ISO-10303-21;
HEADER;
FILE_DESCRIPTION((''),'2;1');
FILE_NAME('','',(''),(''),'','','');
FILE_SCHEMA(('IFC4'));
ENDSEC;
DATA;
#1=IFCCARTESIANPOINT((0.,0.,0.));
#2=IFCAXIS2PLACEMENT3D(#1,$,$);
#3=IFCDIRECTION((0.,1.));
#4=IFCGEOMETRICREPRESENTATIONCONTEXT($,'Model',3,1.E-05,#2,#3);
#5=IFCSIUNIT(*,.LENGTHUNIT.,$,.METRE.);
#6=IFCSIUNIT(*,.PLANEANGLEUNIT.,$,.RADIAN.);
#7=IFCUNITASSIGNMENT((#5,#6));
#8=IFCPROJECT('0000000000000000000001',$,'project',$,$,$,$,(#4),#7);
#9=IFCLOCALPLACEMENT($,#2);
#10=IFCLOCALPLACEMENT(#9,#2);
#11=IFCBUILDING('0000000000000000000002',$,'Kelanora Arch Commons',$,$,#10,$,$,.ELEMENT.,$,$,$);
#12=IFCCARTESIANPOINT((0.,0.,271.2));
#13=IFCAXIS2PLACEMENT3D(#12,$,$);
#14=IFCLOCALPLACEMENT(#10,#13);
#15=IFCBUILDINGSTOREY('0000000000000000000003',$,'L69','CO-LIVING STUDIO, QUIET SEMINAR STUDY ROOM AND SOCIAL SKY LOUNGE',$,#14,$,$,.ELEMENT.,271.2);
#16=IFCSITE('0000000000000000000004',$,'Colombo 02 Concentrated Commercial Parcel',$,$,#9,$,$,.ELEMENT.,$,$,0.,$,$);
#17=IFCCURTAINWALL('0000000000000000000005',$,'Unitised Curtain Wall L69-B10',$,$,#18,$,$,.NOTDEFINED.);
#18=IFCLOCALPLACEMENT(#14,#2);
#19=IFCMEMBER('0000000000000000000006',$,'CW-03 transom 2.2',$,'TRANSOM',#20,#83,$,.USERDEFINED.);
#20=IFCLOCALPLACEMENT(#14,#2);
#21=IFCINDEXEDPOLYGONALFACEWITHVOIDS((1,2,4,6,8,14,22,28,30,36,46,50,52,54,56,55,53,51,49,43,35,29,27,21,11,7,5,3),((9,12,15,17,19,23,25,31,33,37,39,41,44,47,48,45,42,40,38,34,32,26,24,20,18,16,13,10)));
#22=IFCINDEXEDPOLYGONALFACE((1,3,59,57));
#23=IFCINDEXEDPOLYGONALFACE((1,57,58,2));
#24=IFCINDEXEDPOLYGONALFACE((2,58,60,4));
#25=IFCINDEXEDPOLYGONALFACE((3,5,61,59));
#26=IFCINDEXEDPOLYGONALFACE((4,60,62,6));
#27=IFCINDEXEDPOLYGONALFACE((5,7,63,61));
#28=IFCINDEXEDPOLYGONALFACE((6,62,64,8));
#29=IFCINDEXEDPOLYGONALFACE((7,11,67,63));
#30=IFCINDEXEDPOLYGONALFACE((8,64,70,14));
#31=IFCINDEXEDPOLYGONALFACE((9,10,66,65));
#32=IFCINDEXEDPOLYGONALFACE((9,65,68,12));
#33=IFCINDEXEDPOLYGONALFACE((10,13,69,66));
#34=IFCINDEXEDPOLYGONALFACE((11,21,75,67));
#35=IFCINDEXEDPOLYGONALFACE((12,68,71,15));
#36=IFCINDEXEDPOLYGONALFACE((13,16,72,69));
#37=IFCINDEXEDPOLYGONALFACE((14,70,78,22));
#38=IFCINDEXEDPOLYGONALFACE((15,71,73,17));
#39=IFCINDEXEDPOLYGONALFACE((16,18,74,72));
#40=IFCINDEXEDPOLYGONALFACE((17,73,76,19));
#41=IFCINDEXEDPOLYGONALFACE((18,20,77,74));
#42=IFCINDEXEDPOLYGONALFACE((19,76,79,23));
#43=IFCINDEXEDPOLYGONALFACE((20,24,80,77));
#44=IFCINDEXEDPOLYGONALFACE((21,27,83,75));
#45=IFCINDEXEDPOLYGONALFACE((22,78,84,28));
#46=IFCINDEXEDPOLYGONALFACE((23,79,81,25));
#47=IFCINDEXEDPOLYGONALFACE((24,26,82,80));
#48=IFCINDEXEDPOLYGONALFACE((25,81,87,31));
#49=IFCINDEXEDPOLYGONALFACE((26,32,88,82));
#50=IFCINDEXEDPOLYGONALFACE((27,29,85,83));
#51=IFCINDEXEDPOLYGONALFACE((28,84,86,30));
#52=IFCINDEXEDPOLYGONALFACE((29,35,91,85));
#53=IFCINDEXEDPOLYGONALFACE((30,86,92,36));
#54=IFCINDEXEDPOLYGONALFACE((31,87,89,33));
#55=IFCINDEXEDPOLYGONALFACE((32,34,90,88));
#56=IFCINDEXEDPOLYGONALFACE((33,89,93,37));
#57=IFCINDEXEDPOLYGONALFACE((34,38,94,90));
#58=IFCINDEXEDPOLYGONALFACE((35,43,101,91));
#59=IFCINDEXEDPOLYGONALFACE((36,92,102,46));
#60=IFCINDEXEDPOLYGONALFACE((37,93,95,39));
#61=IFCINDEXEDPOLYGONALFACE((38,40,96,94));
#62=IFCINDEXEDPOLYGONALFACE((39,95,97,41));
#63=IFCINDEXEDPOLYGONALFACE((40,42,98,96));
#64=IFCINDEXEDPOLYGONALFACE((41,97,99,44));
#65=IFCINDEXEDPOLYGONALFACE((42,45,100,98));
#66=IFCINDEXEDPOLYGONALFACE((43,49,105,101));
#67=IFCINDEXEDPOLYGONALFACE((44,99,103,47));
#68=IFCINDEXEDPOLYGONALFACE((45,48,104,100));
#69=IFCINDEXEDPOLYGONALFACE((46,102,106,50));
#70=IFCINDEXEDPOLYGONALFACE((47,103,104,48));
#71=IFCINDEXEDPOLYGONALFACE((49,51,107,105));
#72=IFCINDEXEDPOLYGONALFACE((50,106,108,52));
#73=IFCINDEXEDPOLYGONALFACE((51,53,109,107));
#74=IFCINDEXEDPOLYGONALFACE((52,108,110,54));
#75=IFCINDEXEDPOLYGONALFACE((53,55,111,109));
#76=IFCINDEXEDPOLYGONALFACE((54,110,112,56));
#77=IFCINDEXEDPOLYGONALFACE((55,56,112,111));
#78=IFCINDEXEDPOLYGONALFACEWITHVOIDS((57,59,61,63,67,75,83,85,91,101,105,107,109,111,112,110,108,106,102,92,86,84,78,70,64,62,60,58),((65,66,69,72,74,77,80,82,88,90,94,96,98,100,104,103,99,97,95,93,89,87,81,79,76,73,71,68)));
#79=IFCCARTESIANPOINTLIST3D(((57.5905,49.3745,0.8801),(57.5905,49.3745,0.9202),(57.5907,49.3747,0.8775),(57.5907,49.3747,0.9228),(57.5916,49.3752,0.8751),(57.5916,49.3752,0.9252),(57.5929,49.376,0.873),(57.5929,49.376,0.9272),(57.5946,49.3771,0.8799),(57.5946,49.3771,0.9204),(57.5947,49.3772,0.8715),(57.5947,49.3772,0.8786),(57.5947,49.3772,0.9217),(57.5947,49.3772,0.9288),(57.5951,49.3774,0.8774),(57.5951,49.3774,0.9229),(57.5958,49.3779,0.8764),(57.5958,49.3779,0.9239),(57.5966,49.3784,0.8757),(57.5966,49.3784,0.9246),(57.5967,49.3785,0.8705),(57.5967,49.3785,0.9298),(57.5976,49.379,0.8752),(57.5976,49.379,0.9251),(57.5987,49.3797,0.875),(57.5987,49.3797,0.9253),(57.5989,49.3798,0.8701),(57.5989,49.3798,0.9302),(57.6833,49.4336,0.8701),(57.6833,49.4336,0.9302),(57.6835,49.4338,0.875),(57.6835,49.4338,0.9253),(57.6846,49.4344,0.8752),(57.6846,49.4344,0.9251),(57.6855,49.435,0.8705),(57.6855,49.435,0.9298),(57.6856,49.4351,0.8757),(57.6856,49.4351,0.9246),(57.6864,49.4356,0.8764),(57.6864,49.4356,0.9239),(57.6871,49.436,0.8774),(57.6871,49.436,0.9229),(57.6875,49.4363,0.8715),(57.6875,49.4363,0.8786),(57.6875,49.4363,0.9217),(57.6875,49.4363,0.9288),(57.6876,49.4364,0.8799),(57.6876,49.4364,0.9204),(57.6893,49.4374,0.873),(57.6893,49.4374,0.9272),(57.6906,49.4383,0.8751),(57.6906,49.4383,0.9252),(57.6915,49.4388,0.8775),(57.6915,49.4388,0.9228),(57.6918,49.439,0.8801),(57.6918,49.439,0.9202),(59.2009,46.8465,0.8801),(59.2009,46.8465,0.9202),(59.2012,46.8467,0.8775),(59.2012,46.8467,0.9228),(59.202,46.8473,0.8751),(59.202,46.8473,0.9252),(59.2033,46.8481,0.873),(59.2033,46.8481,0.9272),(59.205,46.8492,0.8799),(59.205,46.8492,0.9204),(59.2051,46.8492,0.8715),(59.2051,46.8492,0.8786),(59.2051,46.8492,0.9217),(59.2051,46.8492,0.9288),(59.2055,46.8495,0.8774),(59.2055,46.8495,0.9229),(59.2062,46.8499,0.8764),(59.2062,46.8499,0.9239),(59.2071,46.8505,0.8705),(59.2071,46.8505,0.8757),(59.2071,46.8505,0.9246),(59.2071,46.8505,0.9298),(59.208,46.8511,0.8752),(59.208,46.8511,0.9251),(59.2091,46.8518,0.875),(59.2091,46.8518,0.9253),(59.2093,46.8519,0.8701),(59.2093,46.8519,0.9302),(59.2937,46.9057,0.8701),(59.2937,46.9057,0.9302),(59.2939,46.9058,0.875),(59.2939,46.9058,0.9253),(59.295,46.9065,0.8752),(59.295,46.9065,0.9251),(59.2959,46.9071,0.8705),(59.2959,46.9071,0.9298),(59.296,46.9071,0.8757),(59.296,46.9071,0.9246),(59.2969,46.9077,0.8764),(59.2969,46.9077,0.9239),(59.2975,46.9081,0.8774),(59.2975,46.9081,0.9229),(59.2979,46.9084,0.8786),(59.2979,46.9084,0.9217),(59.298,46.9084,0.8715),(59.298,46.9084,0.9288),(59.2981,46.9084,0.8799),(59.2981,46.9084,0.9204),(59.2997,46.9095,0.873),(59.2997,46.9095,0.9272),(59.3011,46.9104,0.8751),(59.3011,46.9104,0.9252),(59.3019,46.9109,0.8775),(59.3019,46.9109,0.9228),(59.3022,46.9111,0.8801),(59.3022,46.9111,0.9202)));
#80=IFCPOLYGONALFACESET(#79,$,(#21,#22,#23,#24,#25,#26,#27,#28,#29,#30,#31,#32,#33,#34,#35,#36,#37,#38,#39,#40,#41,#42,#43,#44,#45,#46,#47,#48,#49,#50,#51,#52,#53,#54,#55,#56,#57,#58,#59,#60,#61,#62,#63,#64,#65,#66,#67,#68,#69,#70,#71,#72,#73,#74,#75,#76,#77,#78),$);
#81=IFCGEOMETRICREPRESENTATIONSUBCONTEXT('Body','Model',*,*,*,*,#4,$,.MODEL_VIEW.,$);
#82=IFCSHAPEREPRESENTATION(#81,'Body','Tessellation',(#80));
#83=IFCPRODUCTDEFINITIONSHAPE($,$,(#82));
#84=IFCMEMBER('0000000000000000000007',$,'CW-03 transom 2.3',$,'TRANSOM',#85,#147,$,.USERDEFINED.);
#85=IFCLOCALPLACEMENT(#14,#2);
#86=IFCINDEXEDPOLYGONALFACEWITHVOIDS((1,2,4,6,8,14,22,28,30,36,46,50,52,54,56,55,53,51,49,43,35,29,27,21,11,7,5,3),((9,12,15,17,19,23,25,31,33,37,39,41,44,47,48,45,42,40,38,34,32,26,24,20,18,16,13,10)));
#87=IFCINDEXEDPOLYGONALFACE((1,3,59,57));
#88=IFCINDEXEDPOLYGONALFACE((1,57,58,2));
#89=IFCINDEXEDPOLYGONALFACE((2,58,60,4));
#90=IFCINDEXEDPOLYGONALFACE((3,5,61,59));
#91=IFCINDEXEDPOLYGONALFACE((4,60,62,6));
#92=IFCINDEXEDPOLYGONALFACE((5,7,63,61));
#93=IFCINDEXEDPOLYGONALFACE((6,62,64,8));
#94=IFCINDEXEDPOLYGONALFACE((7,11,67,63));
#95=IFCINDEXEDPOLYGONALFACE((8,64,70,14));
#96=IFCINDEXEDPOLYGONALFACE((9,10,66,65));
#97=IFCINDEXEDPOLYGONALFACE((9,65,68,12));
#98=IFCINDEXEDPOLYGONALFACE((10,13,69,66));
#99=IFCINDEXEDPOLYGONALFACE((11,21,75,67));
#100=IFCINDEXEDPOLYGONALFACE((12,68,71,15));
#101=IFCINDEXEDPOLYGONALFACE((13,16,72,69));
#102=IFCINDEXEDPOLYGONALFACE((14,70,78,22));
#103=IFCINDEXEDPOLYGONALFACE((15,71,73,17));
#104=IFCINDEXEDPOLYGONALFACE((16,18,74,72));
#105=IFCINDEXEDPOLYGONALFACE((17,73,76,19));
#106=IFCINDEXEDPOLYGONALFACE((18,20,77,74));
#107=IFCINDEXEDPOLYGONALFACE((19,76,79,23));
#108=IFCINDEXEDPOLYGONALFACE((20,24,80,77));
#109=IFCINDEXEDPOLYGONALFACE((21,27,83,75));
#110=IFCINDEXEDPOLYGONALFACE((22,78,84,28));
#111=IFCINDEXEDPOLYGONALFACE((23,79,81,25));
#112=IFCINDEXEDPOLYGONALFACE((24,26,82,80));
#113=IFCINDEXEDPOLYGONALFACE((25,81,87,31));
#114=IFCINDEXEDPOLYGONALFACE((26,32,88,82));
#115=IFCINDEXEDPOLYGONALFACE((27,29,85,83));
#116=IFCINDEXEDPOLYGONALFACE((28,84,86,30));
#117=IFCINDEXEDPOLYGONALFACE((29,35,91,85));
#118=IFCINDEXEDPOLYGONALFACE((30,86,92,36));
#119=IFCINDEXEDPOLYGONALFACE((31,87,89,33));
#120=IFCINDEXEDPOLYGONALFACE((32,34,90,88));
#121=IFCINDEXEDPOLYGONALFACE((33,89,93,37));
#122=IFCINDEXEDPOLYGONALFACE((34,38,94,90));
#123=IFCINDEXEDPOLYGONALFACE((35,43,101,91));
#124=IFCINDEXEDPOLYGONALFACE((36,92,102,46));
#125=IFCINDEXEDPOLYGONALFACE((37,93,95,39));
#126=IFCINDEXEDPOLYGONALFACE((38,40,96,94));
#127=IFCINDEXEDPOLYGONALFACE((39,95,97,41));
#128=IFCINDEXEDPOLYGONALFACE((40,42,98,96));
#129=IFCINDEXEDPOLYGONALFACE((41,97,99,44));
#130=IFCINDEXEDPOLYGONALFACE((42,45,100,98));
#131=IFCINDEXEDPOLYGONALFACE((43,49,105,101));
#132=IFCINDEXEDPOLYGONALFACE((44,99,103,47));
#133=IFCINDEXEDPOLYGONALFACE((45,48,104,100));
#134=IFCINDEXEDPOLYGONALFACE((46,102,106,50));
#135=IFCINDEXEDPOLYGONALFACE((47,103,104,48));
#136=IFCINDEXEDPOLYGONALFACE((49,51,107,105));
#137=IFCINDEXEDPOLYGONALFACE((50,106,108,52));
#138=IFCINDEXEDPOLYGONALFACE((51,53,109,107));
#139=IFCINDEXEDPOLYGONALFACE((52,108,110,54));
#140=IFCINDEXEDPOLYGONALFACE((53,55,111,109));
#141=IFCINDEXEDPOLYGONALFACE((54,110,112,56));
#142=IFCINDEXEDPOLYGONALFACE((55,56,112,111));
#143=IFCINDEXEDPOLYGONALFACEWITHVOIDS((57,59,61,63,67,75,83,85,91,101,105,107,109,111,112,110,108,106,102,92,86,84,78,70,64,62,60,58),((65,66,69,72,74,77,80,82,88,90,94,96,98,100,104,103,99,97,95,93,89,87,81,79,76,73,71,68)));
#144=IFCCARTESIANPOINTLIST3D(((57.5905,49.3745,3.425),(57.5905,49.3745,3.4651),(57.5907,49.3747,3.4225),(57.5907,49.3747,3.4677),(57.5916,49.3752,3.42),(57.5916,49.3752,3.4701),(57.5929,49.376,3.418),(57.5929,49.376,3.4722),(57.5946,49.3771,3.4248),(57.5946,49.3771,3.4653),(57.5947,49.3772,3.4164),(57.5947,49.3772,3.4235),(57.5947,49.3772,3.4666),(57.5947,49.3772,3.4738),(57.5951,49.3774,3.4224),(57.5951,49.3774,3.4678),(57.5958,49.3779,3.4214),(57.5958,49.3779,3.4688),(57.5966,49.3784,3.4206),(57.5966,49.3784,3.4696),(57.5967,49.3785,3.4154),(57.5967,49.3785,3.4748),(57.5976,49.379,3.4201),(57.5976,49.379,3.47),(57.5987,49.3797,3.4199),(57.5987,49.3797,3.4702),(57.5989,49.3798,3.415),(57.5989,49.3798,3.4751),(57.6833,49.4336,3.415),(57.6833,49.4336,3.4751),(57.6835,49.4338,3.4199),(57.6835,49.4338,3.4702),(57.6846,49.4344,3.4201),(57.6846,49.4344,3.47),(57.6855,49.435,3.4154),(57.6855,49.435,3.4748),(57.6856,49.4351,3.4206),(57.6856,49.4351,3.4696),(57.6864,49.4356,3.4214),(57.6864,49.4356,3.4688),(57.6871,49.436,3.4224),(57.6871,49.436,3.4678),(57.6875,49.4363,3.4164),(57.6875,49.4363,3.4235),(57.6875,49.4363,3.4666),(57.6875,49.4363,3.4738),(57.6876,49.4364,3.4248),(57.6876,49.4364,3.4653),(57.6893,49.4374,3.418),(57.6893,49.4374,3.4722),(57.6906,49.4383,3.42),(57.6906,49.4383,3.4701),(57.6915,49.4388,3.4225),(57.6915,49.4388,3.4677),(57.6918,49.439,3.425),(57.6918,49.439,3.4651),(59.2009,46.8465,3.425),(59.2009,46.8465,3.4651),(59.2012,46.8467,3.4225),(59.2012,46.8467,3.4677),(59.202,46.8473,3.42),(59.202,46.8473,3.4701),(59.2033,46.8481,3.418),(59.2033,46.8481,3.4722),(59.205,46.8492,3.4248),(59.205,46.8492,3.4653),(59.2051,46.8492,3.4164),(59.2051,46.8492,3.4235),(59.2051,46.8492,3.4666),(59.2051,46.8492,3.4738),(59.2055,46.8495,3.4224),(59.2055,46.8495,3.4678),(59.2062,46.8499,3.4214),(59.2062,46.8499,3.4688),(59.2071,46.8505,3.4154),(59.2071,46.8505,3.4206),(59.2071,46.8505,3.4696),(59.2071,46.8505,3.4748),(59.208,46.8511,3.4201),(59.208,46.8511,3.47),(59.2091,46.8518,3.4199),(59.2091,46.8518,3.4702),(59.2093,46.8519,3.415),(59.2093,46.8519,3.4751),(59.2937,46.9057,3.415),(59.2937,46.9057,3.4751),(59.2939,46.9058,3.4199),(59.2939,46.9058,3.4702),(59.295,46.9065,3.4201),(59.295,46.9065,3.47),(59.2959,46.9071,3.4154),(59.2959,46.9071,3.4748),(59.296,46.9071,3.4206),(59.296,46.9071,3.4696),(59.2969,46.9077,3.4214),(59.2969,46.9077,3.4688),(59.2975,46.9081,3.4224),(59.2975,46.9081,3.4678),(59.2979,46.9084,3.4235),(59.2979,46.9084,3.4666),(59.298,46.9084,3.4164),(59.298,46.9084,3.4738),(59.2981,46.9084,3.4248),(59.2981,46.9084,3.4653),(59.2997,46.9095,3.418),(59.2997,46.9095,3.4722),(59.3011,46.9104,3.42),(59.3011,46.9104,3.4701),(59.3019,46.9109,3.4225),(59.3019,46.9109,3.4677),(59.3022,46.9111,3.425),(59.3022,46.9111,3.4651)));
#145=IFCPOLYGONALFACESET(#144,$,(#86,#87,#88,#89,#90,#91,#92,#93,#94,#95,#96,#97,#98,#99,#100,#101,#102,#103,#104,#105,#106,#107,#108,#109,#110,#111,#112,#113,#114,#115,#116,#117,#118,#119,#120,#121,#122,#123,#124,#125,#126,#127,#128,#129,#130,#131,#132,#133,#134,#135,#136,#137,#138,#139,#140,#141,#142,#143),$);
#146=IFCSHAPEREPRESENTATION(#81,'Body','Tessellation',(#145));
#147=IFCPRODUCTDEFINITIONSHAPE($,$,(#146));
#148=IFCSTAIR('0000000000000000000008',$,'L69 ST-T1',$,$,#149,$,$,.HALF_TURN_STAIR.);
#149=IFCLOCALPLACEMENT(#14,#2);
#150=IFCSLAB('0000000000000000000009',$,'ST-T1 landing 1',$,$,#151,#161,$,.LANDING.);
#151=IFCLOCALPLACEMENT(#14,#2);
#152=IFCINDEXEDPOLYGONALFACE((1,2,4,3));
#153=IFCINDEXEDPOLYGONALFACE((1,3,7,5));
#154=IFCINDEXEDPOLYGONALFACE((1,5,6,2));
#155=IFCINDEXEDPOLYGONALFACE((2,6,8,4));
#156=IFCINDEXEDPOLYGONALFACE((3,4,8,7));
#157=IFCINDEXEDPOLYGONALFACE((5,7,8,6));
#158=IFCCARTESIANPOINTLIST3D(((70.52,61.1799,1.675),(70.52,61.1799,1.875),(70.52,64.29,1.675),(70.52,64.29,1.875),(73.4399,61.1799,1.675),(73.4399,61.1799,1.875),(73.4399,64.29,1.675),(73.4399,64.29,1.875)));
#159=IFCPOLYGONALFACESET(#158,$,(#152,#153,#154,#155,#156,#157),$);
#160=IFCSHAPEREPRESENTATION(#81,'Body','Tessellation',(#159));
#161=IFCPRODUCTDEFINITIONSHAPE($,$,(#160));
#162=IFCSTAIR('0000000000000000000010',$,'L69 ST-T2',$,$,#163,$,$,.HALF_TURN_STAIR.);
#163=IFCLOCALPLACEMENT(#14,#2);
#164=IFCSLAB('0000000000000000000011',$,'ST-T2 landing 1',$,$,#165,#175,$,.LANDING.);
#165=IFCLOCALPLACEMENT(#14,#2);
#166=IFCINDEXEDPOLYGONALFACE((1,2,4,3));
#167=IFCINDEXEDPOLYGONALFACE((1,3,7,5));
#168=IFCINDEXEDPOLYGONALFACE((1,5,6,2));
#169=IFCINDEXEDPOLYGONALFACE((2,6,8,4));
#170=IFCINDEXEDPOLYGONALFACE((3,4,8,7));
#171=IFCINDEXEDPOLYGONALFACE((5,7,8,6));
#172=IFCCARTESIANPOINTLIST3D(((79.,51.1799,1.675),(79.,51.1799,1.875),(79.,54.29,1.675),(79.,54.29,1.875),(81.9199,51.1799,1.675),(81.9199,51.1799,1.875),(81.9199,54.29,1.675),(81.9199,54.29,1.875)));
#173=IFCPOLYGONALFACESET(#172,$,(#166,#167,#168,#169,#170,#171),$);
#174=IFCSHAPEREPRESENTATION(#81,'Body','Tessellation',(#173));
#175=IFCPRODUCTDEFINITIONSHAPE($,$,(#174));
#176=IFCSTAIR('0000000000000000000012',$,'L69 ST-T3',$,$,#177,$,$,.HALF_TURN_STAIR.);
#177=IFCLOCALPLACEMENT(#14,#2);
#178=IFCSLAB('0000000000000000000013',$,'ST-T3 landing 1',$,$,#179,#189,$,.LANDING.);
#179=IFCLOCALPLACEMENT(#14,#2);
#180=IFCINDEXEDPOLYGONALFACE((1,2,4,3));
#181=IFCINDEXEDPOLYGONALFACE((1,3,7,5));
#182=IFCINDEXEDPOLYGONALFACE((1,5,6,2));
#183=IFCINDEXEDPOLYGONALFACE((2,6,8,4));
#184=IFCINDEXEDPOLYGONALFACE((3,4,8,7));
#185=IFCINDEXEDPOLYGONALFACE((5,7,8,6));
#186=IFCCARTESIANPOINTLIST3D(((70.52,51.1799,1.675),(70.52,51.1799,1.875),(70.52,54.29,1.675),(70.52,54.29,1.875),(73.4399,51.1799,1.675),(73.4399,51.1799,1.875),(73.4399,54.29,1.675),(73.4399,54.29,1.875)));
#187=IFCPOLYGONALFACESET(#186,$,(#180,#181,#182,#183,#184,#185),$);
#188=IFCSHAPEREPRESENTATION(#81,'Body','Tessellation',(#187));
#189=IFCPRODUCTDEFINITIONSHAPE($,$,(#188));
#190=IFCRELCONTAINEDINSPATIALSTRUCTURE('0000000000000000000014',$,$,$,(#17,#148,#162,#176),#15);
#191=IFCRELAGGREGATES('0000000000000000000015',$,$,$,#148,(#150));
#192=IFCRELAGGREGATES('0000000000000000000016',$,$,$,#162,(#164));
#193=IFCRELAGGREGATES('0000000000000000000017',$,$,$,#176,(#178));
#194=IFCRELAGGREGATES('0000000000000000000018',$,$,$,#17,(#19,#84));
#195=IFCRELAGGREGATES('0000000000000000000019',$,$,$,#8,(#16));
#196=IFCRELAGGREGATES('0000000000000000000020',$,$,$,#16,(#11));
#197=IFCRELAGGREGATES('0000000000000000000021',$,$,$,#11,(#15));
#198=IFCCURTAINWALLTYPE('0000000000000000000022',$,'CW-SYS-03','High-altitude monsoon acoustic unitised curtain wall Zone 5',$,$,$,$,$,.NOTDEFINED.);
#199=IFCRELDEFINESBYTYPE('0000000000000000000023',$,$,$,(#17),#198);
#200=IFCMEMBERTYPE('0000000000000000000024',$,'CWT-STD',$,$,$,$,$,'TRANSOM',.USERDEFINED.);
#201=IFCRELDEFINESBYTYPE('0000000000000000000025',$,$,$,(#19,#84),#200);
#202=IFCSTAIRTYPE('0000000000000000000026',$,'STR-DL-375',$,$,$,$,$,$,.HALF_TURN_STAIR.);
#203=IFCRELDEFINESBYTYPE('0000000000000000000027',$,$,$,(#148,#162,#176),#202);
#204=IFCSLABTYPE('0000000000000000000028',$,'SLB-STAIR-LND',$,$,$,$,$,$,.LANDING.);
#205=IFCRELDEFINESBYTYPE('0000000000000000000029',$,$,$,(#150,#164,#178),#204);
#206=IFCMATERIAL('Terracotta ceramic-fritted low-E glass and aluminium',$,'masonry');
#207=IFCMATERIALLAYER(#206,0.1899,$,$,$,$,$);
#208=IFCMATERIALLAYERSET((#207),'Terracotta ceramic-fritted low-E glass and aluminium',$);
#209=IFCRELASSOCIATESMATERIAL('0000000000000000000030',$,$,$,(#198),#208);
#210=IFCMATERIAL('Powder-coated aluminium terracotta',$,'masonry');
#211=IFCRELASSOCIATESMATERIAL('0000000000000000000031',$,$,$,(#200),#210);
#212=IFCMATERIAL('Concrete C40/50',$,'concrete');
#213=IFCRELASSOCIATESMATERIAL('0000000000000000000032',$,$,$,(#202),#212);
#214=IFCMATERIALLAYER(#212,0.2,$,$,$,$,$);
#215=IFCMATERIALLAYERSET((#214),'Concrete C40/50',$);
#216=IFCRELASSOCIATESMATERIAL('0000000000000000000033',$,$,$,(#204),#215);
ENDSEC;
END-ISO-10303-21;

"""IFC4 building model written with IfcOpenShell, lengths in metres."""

from ifc_helpers import new_model, si_unit, direction, frame, origin, origin_2d, place, context, subcontext, project, spatial, polyline, hollow_rectangle, outline, extrude, material, layer, layer_set, material_profile, profile_set, type_object, element, aggregate, save


model = new_model("IFC4")

# Units and contexts
model_context = context("Model", 3, precision=1e-05, world=origin(), true_north=direction((0.0, 1.0)))
body_context = subcontext(model_context, "Body", "Model", "MODEL_VIEW")
ifc_project = project(units=[si_unit("LENGTHUNIT", "METRE"), si_unit("PLANEANGLEUNIT", "RADIAN")], contexts=[model_context])

# Site, building, storey
site_placement = place(None, origin())
site = spatial("IfcSite", under=ifc_project, at=site_placement, Name="Colombo 02 Concentrated Commercial Parcel", CompositionType="ELEMENT", RefElevation=0.0)
building_placement = place(site_placement, origin())
building = spatial("IfcBuilding", under=site, at=building_placement, Name="Kelanora Arch Commons", CompositionType="ELEMENT")
storey_placement = place(building_placement, frame((0.0, 0.0, 271.2)))
storey = spatial("IfcBuildingStorey", under=building, at=storey_placement, Name="L69", Description="CO-LIVING STUDIO, QUIET SEMINAR STUDY ROOM AND SOCIAL SKY LOUNGE", CompositionType="ELEMENT", Elevation=271.2)

# Curtain wall, members
ifc_material_1 = material(Name="Terracotta ceramic-fritted low-E glass and aluminium", Category="masonry")
ifc_layer_1 = layer(ifc_material_1, 0.1899)
ifc_layer_set_1 = layer_set([ifc_layer_1], Name="Terracotta ceramic-fritted low-E glass and aluminium")
curtain_wall_type = type_object("IfcCurtainWallType", Name="CW-SYS-03", Description="High-altitude monsoon acoustic unitised curtain wall Zone 5", PredefinedType="NOTDEFINED", material=ifc_layer_set_1)
curtain_wall_placement = place(storey_placement, origin())
curtain_wall = element("IfcCurtainWall", 1, at=curtain_wall_placement, inside=storey, type_object=curtain_wall_type, Name="Unitised Curtain Wall L69-B10", PredefinedType="NOTDEFINED")
ifc_material_2 = material(Name="Powder-coated aluminium terracotta", Category="masonry")
ifc_material_profile_1 = material_profile(ifc_material_2, hollow_rectangle(XDim=0.1201, YDim=0.0601, WallThickness=0.0049, InnerFilletRadius=0.0049, OuterFilletRadius=0.01, at=origin_2d()), Name="CWT120x60")
ifc_profile_set_1 = profile_set([ifc_material_profile_1], Name="Powder-coated aluminium terracotta")
member_type_1 = type_object("IfcMemberType", Name="CWT-STD", ElementType="TRANSOM", PredefinedType="USERDEFINED", material=ifc_profile_set_1)
member_1_placement = place(storey_placement, frame((57.6411, 49.4067, 0.9001), z_axis=(0.537287, -0.8434, 0.0), x_axis=(0.8434, 0.537287, 0.0)))
member_1 = element("IfcMember", 2, at=member_1_placement, type_object=member_type_1, Name="CW-03 transom 2.2", ObjectType="TRANSOM", PredefinedType="USERDEFINED", context=body_context, shape_type="SweptSolid", body=[
    extrude(hollow_rectangle(XDim=0.1201, YDim=0.0601, WallThickness=0.0049, InnerFilletRadius=0.0049, OuterFilletRadius=0.01, at=origin_2d()), origin(), (0.0, 0.0, 1.0), 2.9973),
])
member_2_placement = place(storey_placement, frame((57.6411, 49.4067, 3.4451), z_axis=(0.537287, -0.8434, 0.0), x_axis=(0.8434, 0.537287, 0.0)))
member_2 = element("IfcMember", 3, at=member_2_placement, type_object=member_type_1, Name="CW-03 transom 2.3", ObjectType="TRANSOM", PredefinedType="USERDEFINED", context=body_context, shape_type="SweptSolid", body=[
    extrude(hollow_rectangle(XDim=0.1201, YDim=0.0601, WallThickness=0.0049, InnerFilletRadius=0.0049, OuterFilletRadius=0.01, at=origin_2d()), origin(), (0.0, 0.0, 1.0), 2.9973),
])

# Stairs, slabs
ifc_material_3 = material(Name="Concrete C40/50", Category="concrete")
stair_type = type_object("IfcStairType", Name="STR-DL-375", PredefinedType="HALF_TURN_STAIR", material=ifc_material_3)
stair_1_placement = place(storey_placement, origin())
stair_1 = element("IfcStair", 4, at=stair_1_placement, inside=storey, type_object=stair_type, Name="L69 ST-T1", PredefinedType="HALF_TURN_STAIR")
ifc_layer_2 = layer(ifc_material_3, 0.2)
ifc_layer_set_2 = layer_set([ifc_layer_2], Name="Concrete C40/50")
slab_type_1 = type_object("IfcSlabType", Name="SLB-STAIR-LND", PredefinedType="LANDING", material=ifc_layer_set_2)
slab_1_placement = place(storey_placement, frame((0.0, 0.0, 1.675)))
slab_1 = element("IfcSlab", 5, at=slab_1_placement, type_object=slab_type_1, Name="ST-T1 landing 1", PredefinedType="LANDING", context=body_context, shape_type="SweptSolid", body=[
    extrude(outline(polyline([(70.52, 61.1799), (73.4399, 61.1799), (73.4399, 64.29), (70.52, 64.29), (70.52, 61.1799)])), origin(), (0.0, 0.0, 1.0), 0.2),
])
aggregate(stair_1, [slab_1])
stair_2_placement = place(storey_placement, origin())
stair_2 = element("IfcStair", 6, at=stair_2_placement, inside=storey, type_object=stair_type, Name="L69 ST-T2", PredefinedType="HALF_TURN_STAIR")
slab_2_placement = place(storey_placement, frame((0.0, 0.0, 1.675)))
slab_2 = element("IfcSlab", 7, at=slab_2_placement, type_object=slab_type_1, Name="ST-T2 landing 1", PredefinedType="LANDING", context=body_context, shape_type="SweptSolid", body=[
    extrude(outline(polyline([(79.0, 51.1799), (81.9199, 51.1799), (81.9199, 54.29), (79.0, 54.29), (79.0, 51.1799)])), origin(), (0.0, 0.0, 1.0), 0.2),
])
aggregate(stair_2, [slab_2])
stair_3_placement = place(storey_placement, origin())
stair_3 = element("IfcStair", 8, at=stair_3_placement, inside=storey, type_object=stair_type, Name="L69 ST-T3", PredefinedType="HALF_TURN_STAIR")
slab_3_placement = place(storey_placement, frame((0.0, 0.0, 1.675)))
slab_3 = element("IfcSlab", 9, at=slab_3_placement, type_object=slab_type_1, Name="ST-T3 landing 1", PredefinedType="LANDING", context=body_context, shape_type="SweptSolid", body=[
    extrude(outline(polyline([(70.52, 51.1799), (73.4399, 51.1799), (73.4399, 54.29), (70.52, 54.29), (70.52, 51.1799)])), origin(), (0.0, 0.0, 1.0), 0.2),
])
aggregate(stair_3, [slab_3])

aggregate(curtain_wall, [member_1, member_2])

save(model, "model.ifc")
